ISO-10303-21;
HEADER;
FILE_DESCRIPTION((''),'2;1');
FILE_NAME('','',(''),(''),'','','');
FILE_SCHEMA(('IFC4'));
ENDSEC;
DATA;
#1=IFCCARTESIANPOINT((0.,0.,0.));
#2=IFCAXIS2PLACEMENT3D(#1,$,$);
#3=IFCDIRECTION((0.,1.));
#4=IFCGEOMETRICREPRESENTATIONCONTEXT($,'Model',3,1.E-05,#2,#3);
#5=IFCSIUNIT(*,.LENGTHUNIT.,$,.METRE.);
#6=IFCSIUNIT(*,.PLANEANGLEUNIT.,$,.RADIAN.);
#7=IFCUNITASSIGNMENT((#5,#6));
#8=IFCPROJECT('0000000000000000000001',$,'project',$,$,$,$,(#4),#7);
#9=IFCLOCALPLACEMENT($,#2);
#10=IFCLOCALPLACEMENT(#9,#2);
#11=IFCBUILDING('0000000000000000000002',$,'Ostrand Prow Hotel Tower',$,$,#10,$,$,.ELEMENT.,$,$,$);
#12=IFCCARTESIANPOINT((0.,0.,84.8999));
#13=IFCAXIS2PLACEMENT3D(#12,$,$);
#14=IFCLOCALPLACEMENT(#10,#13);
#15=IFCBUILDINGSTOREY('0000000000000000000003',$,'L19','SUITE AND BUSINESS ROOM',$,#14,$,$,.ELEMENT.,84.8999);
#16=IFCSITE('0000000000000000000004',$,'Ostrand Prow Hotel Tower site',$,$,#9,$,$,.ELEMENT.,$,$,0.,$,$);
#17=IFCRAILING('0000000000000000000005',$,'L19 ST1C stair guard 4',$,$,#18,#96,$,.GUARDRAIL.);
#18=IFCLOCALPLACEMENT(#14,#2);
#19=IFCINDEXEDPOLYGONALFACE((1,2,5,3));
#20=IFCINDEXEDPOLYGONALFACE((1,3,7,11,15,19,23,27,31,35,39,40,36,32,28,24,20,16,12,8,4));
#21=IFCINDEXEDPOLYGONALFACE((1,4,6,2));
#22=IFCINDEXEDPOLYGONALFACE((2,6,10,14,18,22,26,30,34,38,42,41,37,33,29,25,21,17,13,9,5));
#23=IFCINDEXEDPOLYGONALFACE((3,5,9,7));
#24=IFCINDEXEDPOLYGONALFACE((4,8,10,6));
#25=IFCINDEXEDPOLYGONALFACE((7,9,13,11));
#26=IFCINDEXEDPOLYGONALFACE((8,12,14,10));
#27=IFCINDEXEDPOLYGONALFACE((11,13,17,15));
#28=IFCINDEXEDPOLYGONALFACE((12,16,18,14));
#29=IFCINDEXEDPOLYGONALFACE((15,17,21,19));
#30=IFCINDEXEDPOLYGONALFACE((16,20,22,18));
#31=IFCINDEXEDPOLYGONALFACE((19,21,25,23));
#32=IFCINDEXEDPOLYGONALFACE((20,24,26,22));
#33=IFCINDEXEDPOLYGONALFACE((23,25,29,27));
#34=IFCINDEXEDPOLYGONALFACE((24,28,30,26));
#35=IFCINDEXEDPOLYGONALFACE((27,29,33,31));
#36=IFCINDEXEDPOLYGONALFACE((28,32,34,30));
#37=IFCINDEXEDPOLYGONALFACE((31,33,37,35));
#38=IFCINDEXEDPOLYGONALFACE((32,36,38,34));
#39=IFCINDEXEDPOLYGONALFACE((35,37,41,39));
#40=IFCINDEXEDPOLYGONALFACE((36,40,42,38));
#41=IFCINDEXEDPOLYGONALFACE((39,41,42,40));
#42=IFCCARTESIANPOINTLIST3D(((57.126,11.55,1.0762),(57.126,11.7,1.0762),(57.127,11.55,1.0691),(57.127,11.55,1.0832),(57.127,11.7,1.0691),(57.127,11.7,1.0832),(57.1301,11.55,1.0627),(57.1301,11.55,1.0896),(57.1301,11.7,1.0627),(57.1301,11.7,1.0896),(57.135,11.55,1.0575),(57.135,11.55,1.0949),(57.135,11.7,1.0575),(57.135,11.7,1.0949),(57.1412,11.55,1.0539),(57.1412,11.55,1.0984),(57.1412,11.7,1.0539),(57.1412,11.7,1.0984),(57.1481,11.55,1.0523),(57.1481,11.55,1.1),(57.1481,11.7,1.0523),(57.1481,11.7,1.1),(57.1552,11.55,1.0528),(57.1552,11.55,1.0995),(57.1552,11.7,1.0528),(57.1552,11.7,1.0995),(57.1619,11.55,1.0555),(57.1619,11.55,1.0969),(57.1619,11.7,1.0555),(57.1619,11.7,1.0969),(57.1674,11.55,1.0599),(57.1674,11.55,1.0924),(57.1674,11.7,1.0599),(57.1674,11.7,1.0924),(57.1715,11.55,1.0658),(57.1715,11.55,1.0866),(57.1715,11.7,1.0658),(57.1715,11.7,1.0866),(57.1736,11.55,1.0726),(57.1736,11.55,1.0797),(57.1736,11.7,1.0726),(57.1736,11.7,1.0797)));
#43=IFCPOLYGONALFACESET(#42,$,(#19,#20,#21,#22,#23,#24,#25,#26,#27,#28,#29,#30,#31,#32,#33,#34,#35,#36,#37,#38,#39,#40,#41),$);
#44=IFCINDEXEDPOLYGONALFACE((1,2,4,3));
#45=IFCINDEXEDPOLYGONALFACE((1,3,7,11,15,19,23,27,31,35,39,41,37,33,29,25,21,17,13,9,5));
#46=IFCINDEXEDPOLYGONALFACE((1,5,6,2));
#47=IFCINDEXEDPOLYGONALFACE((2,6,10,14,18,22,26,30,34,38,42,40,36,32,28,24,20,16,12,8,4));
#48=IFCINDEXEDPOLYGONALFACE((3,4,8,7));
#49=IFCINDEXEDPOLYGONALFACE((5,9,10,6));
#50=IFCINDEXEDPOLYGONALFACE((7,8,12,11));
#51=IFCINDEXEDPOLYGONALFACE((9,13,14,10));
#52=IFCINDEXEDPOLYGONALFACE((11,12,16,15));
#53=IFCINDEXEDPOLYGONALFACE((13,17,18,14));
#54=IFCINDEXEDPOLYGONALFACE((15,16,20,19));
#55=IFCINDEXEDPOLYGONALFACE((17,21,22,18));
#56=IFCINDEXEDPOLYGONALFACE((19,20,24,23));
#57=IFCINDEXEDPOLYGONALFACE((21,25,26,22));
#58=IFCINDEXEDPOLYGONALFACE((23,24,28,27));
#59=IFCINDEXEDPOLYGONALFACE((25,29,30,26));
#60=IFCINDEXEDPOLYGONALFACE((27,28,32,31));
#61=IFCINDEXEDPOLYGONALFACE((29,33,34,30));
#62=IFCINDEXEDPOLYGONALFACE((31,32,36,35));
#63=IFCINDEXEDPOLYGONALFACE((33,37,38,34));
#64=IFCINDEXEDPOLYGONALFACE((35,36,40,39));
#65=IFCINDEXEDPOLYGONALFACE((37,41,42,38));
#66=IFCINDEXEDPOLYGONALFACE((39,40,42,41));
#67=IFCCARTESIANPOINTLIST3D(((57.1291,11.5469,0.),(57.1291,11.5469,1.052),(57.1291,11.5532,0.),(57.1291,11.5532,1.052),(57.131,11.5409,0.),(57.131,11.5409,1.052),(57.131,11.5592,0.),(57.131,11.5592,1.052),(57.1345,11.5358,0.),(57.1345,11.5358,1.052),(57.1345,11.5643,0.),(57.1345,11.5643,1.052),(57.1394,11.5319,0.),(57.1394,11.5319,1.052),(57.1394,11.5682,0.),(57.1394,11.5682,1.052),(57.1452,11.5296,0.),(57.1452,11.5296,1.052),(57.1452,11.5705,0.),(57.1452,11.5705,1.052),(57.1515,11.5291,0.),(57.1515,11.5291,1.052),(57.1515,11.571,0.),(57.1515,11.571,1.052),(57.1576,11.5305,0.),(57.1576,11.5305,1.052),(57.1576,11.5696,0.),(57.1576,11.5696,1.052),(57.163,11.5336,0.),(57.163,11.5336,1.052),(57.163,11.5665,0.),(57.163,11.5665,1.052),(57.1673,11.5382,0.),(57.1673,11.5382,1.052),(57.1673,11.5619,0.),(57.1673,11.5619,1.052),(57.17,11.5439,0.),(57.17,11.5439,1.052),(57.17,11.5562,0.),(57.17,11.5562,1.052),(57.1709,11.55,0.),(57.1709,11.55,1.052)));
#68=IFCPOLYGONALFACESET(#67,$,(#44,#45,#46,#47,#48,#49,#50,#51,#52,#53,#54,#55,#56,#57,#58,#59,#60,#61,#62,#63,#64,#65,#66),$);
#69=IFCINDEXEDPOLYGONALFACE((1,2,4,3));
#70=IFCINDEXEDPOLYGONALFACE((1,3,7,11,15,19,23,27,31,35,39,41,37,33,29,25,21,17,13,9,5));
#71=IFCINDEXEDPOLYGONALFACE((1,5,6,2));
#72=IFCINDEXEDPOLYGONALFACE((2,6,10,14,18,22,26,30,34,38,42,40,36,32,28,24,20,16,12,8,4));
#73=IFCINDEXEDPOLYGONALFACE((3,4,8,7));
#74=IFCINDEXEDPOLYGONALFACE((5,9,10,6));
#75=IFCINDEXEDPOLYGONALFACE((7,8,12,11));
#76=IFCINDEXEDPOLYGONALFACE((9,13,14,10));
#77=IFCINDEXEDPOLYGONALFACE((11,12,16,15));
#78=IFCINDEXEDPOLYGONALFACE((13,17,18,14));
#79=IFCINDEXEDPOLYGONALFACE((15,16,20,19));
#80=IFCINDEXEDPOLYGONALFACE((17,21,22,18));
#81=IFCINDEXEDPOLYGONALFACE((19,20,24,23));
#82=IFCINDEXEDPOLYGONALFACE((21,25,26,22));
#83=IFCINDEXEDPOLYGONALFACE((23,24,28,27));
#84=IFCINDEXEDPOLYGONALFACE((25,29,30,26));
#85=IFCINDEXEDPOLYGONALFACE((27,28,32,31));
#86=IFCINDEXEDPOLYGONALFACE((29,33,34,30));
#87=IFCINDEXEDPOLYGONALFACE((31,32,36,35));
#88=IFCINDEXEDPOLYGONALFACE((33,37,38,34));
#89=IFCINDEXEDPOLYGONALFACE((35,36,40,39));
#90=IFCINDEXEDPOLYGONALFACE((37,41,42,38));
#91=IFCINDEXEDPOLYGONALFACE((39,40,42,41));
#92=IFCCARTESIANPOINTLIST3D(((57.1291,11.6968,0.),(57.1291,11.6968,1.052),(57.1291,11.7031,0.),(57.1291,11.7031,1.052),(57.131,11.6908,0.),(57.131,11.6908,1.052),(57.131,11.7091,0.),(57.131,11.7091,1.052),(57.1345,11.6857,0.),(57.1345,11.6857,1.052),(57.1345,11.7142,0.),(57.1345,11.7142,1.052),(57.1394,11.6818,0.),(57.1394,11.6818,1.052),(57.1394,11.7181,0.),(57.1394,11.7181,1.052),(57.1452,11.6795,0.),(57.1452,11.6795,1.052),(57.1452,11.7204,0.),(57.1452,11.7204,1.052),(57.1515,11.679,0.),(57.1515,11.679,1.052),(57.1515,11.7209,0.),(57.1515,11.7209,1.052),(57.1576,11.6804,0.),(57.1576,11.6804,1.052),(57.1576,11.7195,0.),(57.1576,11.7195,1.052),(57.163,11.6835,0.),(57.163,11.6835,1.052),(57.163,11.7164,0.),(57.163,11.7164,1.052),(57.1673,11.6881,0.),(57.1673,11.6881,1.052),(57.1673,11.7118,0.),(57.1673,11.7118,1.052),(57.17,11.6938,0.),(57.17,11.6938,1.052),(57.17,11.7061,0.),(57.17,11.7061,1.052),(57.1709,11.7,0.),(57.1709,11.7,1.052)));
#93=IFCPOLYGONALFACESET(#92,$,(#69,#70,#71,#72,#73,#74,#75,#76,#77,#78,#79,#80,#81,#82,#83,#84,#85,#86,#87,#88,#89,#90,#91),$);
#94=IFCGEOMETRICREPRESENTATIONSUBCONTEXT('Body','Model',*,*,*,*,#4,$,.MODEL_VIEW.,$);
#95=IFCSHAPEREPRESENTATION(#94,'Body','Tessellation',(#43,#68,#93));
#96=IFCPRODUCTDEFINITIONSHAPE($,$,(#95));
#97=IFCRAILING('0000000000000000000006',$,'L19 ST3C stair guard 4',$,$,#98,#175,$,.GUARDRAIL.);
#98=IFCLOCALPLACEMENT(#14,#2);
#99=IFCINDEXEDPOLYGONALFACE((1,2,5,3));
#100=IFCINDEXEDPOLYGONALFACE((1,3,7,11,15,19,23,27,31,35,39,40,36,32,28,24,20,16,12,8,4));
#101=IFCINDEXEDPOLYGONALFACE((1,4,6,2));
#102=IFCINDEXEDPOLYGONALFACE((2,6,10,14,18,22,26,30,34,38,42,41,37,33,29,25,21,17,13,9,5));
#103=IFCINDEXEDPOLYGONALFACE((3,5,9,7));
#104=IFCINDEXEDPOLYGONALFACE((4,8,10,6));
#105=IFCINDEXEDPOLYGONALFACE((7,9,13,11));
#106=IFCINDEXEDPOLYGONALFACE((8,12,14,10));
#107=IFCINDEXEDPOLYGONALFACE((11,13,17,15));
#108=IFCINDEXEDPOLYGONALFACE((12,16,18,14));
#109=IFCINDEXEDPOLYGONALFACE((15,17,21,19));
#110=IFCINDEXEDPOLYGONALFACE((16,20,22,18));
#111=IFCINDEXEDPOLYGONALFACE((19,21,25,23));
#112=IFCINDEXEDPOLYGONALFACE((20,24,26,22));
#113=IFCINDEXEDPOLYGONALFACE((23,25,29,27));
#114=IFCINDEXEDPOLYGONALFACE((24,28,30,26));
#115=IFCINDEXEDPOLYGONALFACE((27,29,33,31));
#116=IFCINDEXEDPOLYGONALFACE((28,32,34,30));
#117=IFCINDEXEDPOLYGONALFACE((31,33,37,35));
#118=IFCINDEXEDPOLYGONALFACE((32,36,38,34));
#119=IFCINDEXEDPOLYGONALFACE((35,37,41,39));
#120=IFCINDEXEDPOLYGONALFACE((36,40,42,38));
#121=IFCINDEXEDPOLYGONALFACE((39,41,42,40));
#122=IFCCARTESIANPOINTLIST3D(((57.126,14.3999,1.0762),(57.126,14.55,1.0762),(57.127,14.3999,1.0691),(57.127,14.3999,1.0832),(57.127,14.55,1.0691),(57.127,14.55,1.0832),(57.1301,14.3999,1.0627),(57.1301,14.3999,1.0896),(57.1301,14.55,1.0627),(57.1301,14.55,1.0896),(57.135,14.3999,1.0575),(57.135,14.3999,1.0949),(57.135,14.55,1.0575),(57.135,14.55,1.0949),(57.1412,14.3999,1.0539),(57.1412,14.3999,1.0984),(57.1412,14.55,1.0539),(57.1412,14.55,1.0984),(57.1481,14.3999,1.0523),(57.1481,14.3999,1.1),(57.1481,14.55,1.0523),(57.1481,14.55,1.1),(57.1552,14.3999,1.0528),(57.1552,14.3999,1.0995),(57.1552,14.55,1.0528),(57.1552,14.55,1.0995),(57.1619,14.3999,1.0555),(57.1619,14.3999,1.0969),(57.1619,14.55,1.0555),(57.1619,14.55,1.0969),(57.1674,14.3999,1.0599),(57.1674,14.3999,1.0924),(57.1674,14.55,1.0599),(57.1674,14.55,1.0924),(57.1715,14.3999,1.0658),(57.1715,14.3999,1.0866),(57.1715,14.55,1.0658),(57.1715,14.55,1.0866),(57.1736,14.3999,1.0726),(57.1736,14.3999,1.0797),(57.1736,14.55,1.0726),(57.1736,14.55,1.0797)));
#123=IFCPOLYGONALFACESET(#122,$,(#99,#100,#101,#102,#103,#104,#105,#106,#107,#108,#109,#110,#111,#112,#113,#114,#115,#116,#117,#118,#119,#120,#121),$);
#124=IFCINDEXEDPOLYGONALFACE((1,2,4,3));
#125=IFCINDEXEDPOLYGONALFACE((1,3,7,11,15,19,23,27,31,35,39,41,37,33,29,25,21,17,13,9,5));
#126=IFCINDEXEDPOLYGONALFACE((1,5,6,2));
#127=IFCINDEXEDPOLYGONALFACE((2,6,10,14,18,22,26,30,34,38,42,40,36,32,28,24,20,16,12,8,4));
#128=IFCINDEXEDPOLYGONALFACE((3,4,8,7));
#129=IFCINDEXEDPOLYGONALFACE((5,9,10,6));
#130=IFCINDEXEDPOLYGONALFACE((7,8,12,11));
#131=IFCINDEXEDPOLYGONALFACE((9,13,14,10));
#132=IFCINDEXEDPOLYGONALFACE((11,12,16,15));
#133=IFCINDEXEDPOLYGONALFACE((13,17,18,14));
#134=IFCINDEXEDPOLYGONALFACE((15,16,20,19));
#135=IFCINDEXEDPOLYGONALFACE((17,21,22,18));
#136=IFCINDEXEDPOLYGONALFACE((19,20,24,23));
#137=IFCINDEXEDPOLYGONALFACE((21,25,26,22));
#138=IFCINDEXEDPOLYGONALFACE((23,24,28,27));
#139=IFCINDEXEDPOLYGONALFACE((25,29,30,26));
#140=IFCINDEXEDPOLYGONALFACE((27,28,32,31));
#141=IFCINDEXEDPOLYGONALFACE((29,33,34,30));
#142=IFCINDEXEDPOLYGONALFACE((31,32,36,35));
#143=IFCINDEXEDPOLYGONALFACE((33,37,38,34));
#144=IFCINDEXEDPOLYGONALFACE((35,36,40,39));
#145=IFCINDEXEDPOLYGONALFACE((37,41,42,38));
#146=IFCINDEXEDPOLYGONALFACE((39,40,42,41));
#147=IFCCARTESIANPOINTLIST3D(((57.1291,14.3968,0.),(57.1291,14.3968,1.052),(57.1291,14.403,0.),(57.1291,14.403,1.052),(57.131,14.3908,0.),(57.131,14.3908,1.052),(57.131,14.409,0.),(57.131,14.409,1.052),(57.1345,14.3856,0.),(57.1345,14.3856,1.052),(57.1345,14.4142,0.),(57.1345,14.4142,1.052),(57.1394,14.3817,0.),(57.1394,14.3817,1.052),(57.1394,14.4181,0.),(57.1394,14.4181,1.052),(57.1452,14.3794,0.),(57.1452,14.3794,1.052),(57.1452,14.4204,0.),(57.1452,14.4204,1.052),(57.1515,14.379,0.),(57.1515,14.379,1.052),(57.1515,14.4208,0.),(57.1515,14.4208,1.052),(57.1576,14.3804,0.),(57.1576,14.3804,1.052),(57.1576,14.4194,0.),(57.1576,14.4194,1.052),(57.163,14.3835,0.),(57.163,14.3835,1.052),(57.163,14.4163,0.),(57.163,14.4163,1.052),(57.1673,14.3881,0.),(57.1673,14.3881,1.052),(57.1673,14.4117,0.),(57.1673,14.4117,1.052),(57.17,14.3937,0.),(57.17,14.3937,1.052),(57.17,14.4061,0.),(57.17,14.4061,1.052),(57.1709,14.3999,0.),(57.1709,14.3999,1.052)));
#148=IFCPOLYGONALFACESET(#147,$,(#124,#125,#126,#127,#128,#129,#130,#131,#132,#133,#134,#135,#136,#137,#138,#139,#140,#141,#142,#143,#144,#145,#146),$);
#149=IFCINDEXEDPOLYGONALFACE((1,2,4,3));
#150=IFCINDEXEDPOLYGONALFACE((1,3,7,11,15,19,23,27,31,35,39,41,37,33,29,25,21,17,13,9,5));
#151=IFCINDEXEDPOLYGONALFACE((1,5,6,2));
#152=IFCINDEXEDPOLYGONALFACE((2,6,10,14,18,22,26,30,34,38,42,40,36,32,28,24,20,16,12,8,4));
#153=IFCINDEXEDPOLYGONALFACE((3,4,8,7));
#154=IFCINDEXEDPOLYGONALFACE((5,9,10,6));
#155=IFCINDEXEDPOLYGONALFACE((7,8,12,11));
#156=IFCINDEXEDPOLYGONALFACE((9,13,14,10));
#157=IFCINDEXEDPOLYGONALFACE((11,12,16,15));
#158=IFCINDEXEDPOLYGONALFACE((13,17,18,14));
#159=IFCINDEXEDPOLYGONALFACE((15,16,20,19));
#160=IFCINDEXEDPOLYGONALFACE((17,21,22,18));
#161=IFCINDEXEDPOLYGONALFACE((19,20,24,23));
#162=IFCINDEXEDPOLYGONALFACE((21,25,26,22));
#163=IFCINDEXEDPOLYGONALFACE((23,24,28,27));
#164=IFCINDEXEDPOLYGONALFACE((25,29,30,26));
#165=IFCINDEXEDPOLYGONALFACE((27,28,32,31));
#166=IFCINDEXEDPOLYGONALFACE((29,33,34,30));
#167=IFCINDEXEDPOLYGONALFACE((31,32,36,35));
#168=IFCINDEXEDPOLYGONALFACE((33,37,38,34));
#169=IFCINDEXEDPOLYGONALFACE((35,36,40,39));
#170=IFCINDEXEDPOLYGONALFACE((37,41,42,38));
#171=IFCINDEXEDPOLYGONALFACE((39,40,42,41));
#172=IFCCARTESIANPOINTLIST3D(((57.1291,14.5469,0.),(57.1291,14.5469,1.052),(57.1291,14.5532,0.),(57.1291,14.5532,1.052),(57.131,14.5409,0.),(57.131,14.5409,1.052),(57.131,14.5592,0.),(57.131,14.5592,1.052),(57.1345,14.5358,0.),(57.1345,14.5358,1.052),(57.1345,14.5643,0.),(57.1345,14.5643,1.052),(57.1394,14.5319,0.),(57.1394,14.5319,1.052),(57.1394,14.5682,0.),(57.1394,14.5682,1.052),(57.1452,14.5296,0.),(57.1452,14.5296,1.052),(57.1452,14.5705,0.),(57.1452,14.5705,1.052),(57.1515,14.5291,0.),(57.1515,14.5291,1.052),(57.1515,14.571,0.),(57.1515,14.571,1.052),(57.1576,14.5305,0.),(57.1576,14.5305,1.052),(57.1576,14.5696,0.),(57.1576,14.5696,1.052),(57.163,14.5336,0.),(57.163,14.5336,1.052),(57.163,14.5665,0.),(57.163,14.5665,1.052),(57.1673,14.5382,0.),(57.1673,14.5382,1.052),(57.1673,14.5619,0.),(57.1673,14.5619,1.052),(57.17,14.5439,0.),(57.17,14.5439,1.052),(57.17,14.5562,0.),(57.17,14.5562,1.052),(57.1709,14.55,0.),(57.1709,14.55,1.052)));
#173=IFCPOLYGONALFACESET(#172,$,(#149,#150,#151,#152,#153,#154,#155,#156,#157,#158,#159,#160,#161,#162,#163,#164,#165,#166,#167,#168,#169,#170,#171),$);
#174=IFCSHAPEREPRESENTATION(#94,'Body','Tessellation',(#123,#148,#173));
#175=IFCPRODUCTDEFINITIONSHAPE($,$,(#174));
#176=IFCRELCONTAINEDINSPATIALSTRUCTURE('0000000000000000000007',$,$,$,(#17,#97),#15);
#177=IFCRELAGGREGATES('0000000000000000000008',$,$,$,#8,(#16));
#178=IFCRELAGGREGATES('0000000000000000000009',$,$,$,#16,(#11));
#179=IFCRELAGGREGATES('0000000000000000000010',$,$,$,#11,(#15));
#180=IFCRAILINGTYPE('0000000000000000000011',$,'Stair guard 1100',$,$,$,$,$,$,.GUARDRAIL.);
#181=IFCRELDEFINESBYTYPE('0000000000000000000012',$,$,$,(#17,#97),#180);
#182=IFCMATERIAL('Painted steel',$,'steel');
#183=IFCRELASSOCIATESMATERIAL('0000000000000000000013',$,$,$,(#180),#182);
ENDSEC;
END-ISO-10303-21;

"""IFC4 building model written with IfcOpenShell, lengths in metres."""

from ifc_helpers import new_model, si_unit, direction, frame, origin, origin_2d, place, context, subcontext, project, spatial, circle, extrude, material, type_object, element, save


model = new_model("IFC4")

# Units and contexts
model_context = context("Model", 3, precision=1e-05, world=origin(), true_north=direction((0.0, 1.0)))
body_context = subcontext(model_context, "Body", "Model", "MODEL_VIEW")
ifc_project = project(units=[si_unit("LENGTHUNIT", "METRE"), si_unit("PLANEANGLEUNIT", "RADIAN")], contexts=[model_context])

# Site, building, storey
site_placement = place(None, origin())
site = spatial("IfcSite", under=ifc_project, at=site_placement, Name="Ostrand Prow Hotel Tower site", CompositionType="ELEMENT", RefElevation=0.0)
building_placement = place(site_placement, origin())
building = spatial("IfcBuilding", under=site, at=building_placement, Name="Ostrand Prow Hotel Tower", CompositionType="ELEMENT")
storey_placement = place(building_placement, frame((0.0, 0.0, 84.8999)))
storey = spatial("IfcBuildingStorey", under=building, at=storey_placement, Name="L19", Description="SUITE AND BUSINESS ROOM", CompositionType="ELEMENT", Elevation=84.8999)

# Railings
ifc_material_1 = material(Name="Painted steel", Category="steel")
railing_type_1 = type_object("IfcRailingType", Name="Stair guard 1100", PredefinedType="GUARDRAIL", material=ifc_material_1)
railing_1_placement = place(storey_placement, frame((57.1499, 11.55, 0.0)))
element("IfcRailing", 1, at=railing_1_placement, inside=storey, type_object=railing_type_1, Name="L19 ST1C stair guard 4", PredefinedType="GUARDRAIL", context=body_context, shape_type="SweptSolid", body=[
    extrude(circle(Radius=0.0239, at=origin_2d()), frame((0.0, 0.0, 1.0762), z_axis=(0.0, 1.0, 0.0), x_axis=(-1.0, 0.0, 0.0)), (0.0, 0.0, 1.0), 0.1499),
    extrude(circle(Radius=0.021, at=origin_2d()), origin(), (0.0, 0.0, 1.0), 1.052),
    extrude(circle(Radius=0.021, at=origin_2d()), frame((0.0, 0.1499, 0.0)), (0.0, 0.0, 1.0), 1.052),
])
railing_2_placement = place(storey_placement, frame((57.1499, 14.3999, 0.0)))
element("IfcRailing", 2, at=railing_2_placement, inside=storey, type_object=railing_type_1, Name="L19 ST3C stair guard 4", PredefinedType="GUARDRAIL", context=body_context, shape_type="SweptSolid", body=[
    extrude(circle(Radius=0.0239, at=origin_2d()), frame((0.0, 0.0, 1.0762), z_axis=(0.0, 1.0, 0.0), x_axis=(-1.0, 0.0, 0.0)), (0.0, 0.0, 1.0), 0.1501),
    extrude(circle(Radius=0.021, at=origin_2d()), origin(), (0.0, 0.0, 1.0), 1.052),
    extrude(circle(Radius=0.021, at=origin_2d()), frame((0.0, 0.1501, 0.0)), (0.0, 0.0, 1.0), 1.052),
])

save(model, "model.ifc")
